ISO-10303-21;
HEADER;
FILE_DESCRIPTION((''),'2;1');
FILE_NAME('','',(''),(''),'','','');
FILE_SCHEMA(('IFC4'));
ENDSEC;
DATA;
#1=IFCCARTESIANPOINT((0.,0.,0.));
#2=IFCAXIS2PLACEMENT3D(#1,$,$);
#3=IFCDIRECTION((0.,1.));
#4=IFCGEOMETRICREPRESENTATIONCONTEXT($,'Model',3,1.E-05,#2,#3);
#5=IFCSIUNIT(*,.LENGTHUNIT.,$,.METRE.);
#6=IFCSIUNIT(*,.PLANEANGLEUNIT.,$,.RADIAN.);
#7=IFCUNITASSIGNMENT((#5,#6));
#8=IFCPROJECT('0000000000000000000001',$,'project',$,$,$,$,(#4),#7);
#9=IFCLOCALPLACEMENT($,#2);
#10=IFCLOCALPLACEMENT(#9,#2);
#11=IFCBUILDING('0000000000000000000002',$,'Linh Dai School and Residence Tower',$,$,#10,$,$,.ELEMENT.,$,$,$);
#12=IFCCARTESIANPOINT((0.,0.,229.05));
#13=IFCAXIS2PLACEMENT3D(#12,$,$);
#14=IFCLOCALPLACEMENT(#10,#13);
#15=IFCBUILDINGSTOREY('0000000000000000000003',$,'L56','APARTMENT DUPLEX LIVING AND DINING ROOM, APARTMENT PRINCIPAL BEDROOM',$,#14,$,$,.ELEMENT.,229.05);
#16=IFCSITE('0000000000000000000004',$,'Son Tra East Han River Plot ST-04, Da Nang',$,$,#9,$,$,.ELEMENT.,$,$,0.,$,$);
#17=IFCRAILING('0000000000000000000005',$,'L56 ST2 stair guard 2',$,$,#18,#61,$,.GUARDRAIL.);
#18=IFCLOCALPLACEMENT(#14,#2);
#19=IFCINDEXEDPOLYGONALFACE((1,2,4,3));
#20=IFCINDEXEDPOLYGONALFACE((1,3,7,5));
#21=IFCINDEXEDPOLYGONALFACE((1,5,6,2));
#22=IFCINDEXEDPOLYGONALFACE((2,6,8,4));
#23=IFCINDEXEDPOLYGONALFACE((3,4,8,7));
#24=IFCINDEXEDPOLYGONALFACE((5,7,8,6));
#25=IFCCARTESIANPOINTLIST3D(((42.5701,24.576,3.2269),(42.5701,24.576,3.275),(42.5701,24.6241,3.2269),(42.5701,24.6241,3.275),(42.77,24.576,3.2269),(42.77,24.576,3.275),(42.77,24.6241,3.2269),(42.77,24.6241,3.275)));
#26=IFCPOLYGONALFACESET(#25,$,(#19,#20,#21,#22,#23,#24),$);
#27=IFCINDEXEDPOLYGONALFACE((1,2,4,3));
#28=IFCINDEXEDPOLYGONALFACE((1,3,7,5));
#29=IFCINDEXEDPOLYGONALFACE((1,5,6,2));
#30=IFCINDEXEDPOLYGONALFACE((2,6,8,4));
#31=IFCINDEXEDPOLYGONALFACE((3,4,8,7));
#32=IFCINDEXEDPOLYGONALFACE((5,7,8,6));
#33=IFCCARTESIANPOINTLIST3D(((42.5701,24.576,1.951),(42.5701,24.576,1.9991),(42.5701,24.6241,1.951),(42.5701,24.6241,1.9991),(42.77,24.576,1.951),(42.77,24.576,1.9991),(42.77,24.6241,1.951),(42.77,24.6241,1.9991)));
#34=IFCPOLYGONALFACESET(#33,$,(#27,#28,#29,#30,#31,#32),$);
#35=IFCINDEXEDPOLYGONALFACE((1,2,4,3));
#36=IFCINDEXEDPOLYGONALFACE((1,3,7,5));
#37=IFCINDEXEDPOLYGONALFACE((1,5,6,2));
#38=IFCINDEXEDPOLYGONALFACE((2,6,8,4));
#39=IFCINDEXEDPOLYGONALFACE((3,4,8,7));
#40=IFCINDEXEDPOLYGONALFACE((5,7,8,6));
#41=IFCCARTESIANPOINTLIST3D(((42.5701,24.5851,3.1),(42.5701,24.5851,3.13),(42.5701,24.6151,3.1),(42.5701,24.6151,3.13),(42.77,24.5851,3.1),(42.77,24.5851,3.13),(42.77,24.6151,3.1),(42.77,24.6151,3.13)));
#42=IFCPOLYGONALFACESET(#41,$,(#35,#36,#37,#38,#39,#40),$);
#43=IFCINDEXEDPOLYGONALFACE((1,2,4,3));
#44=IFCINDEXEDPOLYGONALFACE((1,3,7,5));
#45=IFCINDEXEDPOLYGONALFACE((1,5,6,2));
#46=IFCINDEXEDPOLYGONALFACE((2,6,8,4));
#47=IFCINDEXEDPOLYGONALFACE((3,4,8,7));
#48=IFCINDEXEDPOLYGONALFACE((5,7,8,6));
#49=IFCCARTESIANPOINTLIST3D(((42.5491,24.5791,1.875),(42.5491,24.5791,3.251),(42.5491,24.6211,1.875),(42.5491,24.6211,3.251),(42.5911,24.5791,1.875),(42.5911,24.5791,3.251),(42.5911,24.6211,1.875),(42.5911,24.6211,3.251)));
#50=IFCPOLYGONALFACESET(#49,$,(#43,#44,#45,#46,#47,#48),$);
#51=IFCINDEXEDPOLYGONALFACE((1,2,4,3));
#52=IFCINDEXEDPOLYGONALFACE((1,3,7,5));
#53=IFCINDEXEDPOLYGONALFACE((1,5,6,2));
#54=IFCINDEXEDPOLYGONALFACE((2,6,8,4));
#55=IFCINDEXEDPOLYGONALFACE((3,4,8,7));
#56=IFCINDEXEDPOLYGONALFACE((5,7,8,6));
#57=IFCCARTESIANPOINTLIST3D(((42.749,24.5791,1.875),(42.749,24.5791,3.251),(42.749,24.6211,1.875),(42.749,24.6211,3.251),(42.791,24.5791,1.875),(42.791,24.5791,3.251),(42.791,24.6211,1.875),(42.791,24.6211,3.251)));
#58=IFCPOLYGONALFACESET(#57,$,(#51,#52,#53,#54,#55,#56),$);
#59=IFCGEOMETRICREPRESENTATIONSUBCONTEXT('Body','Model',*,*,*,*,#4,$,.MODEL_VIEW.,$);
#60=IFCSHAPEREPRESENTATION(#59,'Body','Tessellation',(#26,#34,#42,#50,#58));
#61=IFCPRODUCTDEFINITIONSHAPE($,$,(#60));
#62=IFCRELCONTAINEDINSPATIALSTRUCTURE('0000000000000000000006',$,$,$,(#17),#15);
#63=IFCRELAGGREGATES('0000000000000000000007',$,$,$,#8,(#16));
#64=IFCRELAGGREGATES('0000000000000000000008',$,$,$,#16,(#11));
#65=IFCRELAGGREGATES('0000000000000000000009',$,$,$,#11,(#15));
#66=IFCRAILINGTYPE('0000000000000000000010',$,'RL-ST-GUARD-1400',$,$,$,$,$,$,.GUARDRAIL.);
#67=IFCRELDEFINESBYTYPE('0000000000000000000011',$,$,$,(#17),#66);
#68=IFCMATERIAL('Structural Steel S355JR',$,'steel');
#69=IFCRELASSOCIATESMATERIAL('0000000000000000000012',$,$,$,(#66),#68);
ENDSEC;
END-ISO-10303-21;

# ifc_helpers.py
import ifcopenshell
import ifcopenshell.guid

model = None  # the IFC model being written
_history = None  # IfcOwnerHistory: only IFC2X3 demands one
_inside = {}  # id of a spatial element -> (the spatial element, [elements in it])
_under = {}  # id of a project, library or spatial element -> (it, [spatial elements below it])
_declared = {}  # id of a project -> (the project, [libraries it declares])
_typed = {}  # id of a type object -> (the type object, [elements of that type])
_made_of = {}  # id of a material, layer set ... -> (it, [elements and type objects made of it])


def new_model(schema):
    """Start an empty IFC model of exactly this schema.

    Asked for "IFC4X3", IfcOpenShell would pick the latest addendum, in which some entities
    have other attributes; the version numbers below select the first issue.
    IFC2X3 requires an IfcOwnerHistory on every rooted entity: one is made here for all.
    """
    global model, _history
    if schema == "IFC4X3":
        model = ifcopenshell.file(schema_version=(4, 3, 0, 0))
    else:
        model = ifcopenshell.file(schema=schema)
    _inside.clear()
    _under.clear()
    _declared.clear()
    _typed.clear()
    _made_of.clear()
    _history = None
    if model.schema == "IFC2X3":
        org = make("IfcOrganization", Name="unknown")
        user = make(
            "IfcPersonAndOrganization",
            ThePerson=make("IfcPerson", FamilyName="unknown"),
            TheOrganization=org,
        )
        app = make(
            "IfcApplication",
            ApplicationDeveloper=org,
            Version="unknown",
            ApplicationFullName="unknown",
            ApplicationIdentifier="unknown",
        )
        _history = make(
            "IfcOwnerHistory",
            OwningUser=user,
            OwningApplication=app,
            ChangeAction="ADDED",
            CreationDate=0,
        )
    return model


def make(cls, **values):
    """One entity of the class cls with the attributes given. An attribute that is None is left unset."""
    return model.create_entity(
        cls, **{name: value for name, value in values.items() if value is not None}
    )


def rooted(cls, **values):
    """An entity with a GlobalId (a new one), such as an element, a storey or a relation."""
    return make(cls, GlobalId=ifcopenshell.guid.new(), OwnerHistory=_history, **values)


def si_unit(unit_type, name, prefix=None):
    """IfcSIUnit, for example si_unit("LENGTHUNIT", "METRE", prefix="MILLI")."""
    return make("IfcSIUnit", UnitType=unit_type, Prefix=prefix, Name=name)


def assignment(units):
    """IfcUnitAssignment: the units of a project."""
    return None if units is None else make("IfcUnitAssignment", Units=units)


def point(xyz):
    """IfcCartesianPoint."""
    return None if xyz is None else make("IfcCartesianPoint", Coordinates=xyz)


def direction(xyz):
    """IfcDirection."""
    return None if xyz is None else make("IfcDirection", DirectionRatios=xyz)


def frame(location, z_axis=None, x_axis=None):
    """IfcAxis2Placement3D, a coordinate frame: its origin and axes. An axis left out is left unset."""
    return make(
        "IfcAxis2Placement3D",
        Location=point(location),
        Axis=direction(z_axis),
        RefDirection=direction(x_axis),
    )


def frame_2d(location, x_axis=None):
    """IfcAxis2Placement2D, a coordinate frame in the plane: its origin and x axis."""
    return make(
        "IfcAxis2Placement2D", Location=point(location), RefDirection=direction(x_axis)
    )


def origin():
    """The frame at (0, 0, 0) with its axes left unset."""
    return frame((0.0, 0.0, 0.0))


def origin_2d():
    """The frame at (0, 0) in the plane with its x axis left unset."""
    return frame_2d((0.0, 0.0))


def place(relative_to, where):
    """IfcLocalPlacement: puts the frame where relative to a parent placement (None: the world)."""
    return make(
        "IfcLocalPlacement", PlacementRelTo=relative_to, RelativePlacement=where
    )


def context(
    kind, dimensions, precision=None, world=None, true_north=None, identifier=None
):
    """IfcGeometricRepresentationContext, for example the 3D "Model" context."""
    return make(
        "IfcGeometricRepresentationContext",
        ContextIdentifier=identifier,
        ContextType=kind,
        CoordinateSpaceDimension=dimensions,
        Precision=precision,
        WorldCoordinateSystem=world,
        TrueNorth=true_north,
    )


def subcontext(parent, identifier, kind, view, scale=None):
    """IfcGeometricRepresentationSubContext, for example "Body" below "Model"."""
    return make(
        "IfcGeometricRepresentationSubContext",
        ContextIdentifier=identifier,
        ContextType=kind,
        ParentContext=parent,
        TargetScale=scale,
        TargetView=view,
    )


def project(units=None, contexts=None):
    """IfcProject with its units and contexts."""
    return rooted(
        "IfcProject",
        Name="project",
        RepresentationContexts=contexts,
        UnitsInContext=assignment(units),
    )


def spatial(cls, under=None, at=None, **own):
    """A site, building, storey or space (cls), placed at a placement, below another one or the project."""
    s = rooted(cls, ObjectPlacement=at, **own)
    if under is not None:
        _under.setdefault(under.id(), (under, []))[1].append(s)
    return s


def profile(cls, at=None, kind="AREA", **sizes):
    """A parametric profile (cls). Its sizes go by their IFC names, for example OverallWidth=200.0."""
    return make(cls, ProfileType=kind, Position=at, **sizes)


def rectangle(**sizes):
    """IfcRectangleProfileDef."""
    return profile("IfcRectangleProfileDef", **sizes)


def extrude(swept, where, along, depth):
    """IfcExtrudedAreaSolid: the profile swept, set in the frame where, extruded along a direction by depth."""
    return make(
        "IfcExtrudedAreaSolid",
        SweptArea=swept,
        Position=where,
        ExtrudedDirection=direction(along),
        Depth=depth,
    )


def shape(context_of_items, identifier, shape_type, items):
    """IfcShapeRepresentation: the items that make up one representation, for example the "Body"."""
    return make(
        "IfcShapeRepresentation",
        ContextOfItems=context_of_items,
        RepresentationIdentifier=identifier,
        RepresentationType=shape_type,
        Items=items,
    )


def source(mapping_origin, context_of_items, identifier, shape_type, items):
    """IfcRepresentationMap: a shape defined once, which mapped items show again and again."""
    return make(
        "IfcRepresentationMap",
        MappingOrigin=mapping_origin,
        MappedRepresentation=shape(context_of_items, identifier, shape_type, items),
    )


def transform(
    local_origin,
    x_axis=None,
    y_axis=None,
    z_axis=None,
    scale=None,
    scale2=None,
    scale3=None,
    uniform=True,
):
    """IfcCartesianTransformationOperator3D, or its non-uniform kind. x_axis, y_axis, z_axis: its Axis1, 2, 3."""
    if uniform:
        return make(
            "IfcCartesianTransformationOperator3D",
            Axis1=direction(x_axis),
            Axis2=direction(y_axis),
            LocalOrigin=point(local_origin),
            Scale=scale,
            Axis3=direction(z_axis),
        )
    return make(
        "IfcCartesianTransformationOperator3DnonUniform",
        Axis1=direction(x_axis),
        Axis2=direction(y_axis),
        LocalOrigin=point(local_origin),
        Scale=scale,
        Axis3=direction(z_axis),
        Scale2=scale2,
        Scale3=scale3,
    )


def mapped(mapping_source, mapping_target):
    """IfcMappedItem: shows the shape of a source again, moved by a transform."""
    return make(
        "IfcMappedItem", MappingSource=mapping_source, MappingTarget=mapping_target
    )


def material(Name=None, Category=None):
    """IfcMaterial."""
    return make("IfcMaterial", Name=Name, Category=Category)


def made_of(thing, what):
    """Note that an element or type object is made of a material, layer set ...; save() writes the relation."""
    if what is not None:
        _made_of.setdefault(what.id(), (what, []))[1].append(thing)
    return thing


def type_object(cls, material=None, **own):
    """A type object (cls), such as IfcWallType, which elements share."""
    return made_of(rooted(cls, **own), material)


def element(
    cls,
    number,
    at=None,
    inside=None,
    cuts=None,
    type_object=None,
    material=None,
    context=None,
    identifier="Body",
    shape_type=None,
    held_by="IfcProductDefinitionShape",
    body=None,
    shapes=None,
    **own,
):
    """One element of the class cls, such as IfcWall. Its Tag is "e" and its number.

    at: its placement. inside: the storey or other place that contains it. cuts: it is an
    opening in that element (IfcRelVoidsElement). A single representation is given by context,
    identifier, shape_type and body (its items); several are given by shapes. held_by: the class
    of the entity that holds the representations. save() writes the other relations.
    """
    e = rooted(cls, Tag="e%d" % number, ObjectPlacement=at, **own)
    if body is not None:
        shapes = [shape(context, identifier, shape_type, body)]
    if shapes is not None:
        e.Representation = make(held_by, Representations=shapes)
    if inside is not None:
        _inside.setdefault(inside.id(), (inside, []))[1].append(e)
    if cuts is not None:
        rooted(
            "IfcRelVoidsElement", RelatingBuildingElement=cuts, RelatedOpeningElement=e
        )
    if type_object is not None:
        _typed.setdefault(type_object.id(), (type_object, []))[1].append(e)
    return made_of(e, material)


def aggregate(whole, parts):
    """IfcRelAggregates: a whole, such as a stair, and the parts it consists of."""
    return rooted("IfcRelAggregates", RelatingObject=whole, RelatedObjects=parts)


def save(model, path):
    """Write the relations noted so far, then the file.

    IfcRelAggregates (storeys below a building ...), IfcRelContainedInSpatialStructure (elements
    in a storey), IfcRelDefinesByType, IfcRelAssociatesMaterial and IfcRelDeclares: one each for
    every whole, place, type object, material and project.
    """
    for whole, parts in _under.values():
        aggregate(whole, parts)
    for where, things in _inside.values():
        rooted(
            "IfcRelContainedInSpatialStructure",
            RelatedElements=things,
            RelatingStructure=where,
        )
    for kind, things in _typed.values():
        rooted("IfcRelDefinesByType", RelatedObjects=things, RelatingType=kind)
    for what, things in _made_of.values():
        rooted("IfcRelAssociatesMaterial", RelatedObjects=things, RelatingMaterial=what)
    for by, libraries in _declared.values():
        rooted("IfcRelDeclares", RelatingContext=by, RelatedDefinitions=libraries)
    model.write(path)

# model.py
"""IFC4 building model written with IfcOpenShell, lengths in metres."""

from ifc_helpers import new_model, si_unit, direction, frame, origin, origin_2d, place, context, subcontext, project, spatial, rectangle, extrude, source, transform, mapped, material, type_object, element, save


model = new_model("IFC4")

# Units and contexts
model_context = context("Model", 3, precision=1e-05, world=origin(), true_north=direction((0.0, 1.0)))
body_context = subcontext(model_context, "Body", "Model", "MODEL_VIEW")
ifc_project = project(units=[si_unit("LENGTHUNIT", "METRE"), si_unit("PLANEANGLEUNIT", "RADIAN")], contexts=[model_context])

# Site, building, storey
site_placement = place(None, origin())
site = spatial("IfcSite", under=ifc_project, at=site_placement, Name="Son Tra East Han River Plot ST-04, Da Nang", CompositionType="ELEMENT", RefElevation=0.0)
building_placement = place(site_placement, origin())
building = spatial("IfcBuilding", under=site, at=building_placement, Name="Linh Dai School and Residence Tower", CompositionType="ELEMENT")
storey_placement = place(building_placement, frame((0.0, 0.0, 229.05)))
storey = spatial("IfcBuildingStorey", under=building, at=storey_placement, Name="L56", Description="APARTMENT DUPLEX LIVING AND DINING ROOM, APARTMENT PRINCIPAL BEDROOM", CompositionType="ELEMENT", Elevation=229.05)

# Shared definitions
ifc_material_1 = material(Name="Structural Steel S355JR", Category="steel")

# Railing
railing_type_1 = type_object("IfcRailingType", Name="RL-ST-GUARD-1400", PredefinedType="GUARDRAIL", material=ifc_material_1)
shared_shape_1 = source(origin(), body_context, "Body", "SweptSolid", [
    extrude(rectangle(XDim=0.0481, YDim=0.0481, at=origin_2d()), frame((0.0, 0.0, 1.376), z_axis=(1.0, 0.0, 0.0), x_axis=(0.0, 1.0, 0.0)), (0.0, 0.0, 1.0), 0.2),
    extrude(rectangle(XDim=0.0481, YDim=0.0481, at=origin_2d()), frame((0.0, 0.0, 0.1001), z_axis=(1.0, 0.0, 0.0), x_axis=(0.0, 1.0, 0.0)), (0.0, 0.0, 1.0), 0.2),
    extrude(rectangle(XDim=0.03, YDim=0.03, at=origin_2d()), frame((0.0, 0.0, 1.24), z_axis=(1.0, 0.0, 0.0), x_axis=(0.0, 1.0, 0.0)), (0.0, 0.0, 1.0), 0.2),
    extrude(rectangle(XDim=0.042, YDim=0.042, at=origin_2d()), origin(), (0.0, 0.0, 1.0), 1.376),
    extrude(rectangle(XDim=0.042, YDim=0.042, at=origin_2d()), frame((0.2, 0.0, 0.0)), (0.0, 0.0, 1.0), 1.376),
])
railing_1_placement = place(storey_placement, frame((42.5701, 24.6001, 1.875)))
element("IfcRailing", 1, at=railing_1_placement, inside=storey, type_object=railing_type_1, Name="L56 ST2 stair guard 2", PredefinedType="GUARDRAIL", context=body_context, shape_type="MappedRepresentation", body=[
    mapped(shared_shape_1, transform((0.0, 0.0, 0.0), x_axis=(1.0, 0.0, 0.0), y_axis=(0.0, 1.0, 0.0), z_axis=(0.0, 0.0, 1.0), scale=1.0)),
])

save(model, "model.ifc")
